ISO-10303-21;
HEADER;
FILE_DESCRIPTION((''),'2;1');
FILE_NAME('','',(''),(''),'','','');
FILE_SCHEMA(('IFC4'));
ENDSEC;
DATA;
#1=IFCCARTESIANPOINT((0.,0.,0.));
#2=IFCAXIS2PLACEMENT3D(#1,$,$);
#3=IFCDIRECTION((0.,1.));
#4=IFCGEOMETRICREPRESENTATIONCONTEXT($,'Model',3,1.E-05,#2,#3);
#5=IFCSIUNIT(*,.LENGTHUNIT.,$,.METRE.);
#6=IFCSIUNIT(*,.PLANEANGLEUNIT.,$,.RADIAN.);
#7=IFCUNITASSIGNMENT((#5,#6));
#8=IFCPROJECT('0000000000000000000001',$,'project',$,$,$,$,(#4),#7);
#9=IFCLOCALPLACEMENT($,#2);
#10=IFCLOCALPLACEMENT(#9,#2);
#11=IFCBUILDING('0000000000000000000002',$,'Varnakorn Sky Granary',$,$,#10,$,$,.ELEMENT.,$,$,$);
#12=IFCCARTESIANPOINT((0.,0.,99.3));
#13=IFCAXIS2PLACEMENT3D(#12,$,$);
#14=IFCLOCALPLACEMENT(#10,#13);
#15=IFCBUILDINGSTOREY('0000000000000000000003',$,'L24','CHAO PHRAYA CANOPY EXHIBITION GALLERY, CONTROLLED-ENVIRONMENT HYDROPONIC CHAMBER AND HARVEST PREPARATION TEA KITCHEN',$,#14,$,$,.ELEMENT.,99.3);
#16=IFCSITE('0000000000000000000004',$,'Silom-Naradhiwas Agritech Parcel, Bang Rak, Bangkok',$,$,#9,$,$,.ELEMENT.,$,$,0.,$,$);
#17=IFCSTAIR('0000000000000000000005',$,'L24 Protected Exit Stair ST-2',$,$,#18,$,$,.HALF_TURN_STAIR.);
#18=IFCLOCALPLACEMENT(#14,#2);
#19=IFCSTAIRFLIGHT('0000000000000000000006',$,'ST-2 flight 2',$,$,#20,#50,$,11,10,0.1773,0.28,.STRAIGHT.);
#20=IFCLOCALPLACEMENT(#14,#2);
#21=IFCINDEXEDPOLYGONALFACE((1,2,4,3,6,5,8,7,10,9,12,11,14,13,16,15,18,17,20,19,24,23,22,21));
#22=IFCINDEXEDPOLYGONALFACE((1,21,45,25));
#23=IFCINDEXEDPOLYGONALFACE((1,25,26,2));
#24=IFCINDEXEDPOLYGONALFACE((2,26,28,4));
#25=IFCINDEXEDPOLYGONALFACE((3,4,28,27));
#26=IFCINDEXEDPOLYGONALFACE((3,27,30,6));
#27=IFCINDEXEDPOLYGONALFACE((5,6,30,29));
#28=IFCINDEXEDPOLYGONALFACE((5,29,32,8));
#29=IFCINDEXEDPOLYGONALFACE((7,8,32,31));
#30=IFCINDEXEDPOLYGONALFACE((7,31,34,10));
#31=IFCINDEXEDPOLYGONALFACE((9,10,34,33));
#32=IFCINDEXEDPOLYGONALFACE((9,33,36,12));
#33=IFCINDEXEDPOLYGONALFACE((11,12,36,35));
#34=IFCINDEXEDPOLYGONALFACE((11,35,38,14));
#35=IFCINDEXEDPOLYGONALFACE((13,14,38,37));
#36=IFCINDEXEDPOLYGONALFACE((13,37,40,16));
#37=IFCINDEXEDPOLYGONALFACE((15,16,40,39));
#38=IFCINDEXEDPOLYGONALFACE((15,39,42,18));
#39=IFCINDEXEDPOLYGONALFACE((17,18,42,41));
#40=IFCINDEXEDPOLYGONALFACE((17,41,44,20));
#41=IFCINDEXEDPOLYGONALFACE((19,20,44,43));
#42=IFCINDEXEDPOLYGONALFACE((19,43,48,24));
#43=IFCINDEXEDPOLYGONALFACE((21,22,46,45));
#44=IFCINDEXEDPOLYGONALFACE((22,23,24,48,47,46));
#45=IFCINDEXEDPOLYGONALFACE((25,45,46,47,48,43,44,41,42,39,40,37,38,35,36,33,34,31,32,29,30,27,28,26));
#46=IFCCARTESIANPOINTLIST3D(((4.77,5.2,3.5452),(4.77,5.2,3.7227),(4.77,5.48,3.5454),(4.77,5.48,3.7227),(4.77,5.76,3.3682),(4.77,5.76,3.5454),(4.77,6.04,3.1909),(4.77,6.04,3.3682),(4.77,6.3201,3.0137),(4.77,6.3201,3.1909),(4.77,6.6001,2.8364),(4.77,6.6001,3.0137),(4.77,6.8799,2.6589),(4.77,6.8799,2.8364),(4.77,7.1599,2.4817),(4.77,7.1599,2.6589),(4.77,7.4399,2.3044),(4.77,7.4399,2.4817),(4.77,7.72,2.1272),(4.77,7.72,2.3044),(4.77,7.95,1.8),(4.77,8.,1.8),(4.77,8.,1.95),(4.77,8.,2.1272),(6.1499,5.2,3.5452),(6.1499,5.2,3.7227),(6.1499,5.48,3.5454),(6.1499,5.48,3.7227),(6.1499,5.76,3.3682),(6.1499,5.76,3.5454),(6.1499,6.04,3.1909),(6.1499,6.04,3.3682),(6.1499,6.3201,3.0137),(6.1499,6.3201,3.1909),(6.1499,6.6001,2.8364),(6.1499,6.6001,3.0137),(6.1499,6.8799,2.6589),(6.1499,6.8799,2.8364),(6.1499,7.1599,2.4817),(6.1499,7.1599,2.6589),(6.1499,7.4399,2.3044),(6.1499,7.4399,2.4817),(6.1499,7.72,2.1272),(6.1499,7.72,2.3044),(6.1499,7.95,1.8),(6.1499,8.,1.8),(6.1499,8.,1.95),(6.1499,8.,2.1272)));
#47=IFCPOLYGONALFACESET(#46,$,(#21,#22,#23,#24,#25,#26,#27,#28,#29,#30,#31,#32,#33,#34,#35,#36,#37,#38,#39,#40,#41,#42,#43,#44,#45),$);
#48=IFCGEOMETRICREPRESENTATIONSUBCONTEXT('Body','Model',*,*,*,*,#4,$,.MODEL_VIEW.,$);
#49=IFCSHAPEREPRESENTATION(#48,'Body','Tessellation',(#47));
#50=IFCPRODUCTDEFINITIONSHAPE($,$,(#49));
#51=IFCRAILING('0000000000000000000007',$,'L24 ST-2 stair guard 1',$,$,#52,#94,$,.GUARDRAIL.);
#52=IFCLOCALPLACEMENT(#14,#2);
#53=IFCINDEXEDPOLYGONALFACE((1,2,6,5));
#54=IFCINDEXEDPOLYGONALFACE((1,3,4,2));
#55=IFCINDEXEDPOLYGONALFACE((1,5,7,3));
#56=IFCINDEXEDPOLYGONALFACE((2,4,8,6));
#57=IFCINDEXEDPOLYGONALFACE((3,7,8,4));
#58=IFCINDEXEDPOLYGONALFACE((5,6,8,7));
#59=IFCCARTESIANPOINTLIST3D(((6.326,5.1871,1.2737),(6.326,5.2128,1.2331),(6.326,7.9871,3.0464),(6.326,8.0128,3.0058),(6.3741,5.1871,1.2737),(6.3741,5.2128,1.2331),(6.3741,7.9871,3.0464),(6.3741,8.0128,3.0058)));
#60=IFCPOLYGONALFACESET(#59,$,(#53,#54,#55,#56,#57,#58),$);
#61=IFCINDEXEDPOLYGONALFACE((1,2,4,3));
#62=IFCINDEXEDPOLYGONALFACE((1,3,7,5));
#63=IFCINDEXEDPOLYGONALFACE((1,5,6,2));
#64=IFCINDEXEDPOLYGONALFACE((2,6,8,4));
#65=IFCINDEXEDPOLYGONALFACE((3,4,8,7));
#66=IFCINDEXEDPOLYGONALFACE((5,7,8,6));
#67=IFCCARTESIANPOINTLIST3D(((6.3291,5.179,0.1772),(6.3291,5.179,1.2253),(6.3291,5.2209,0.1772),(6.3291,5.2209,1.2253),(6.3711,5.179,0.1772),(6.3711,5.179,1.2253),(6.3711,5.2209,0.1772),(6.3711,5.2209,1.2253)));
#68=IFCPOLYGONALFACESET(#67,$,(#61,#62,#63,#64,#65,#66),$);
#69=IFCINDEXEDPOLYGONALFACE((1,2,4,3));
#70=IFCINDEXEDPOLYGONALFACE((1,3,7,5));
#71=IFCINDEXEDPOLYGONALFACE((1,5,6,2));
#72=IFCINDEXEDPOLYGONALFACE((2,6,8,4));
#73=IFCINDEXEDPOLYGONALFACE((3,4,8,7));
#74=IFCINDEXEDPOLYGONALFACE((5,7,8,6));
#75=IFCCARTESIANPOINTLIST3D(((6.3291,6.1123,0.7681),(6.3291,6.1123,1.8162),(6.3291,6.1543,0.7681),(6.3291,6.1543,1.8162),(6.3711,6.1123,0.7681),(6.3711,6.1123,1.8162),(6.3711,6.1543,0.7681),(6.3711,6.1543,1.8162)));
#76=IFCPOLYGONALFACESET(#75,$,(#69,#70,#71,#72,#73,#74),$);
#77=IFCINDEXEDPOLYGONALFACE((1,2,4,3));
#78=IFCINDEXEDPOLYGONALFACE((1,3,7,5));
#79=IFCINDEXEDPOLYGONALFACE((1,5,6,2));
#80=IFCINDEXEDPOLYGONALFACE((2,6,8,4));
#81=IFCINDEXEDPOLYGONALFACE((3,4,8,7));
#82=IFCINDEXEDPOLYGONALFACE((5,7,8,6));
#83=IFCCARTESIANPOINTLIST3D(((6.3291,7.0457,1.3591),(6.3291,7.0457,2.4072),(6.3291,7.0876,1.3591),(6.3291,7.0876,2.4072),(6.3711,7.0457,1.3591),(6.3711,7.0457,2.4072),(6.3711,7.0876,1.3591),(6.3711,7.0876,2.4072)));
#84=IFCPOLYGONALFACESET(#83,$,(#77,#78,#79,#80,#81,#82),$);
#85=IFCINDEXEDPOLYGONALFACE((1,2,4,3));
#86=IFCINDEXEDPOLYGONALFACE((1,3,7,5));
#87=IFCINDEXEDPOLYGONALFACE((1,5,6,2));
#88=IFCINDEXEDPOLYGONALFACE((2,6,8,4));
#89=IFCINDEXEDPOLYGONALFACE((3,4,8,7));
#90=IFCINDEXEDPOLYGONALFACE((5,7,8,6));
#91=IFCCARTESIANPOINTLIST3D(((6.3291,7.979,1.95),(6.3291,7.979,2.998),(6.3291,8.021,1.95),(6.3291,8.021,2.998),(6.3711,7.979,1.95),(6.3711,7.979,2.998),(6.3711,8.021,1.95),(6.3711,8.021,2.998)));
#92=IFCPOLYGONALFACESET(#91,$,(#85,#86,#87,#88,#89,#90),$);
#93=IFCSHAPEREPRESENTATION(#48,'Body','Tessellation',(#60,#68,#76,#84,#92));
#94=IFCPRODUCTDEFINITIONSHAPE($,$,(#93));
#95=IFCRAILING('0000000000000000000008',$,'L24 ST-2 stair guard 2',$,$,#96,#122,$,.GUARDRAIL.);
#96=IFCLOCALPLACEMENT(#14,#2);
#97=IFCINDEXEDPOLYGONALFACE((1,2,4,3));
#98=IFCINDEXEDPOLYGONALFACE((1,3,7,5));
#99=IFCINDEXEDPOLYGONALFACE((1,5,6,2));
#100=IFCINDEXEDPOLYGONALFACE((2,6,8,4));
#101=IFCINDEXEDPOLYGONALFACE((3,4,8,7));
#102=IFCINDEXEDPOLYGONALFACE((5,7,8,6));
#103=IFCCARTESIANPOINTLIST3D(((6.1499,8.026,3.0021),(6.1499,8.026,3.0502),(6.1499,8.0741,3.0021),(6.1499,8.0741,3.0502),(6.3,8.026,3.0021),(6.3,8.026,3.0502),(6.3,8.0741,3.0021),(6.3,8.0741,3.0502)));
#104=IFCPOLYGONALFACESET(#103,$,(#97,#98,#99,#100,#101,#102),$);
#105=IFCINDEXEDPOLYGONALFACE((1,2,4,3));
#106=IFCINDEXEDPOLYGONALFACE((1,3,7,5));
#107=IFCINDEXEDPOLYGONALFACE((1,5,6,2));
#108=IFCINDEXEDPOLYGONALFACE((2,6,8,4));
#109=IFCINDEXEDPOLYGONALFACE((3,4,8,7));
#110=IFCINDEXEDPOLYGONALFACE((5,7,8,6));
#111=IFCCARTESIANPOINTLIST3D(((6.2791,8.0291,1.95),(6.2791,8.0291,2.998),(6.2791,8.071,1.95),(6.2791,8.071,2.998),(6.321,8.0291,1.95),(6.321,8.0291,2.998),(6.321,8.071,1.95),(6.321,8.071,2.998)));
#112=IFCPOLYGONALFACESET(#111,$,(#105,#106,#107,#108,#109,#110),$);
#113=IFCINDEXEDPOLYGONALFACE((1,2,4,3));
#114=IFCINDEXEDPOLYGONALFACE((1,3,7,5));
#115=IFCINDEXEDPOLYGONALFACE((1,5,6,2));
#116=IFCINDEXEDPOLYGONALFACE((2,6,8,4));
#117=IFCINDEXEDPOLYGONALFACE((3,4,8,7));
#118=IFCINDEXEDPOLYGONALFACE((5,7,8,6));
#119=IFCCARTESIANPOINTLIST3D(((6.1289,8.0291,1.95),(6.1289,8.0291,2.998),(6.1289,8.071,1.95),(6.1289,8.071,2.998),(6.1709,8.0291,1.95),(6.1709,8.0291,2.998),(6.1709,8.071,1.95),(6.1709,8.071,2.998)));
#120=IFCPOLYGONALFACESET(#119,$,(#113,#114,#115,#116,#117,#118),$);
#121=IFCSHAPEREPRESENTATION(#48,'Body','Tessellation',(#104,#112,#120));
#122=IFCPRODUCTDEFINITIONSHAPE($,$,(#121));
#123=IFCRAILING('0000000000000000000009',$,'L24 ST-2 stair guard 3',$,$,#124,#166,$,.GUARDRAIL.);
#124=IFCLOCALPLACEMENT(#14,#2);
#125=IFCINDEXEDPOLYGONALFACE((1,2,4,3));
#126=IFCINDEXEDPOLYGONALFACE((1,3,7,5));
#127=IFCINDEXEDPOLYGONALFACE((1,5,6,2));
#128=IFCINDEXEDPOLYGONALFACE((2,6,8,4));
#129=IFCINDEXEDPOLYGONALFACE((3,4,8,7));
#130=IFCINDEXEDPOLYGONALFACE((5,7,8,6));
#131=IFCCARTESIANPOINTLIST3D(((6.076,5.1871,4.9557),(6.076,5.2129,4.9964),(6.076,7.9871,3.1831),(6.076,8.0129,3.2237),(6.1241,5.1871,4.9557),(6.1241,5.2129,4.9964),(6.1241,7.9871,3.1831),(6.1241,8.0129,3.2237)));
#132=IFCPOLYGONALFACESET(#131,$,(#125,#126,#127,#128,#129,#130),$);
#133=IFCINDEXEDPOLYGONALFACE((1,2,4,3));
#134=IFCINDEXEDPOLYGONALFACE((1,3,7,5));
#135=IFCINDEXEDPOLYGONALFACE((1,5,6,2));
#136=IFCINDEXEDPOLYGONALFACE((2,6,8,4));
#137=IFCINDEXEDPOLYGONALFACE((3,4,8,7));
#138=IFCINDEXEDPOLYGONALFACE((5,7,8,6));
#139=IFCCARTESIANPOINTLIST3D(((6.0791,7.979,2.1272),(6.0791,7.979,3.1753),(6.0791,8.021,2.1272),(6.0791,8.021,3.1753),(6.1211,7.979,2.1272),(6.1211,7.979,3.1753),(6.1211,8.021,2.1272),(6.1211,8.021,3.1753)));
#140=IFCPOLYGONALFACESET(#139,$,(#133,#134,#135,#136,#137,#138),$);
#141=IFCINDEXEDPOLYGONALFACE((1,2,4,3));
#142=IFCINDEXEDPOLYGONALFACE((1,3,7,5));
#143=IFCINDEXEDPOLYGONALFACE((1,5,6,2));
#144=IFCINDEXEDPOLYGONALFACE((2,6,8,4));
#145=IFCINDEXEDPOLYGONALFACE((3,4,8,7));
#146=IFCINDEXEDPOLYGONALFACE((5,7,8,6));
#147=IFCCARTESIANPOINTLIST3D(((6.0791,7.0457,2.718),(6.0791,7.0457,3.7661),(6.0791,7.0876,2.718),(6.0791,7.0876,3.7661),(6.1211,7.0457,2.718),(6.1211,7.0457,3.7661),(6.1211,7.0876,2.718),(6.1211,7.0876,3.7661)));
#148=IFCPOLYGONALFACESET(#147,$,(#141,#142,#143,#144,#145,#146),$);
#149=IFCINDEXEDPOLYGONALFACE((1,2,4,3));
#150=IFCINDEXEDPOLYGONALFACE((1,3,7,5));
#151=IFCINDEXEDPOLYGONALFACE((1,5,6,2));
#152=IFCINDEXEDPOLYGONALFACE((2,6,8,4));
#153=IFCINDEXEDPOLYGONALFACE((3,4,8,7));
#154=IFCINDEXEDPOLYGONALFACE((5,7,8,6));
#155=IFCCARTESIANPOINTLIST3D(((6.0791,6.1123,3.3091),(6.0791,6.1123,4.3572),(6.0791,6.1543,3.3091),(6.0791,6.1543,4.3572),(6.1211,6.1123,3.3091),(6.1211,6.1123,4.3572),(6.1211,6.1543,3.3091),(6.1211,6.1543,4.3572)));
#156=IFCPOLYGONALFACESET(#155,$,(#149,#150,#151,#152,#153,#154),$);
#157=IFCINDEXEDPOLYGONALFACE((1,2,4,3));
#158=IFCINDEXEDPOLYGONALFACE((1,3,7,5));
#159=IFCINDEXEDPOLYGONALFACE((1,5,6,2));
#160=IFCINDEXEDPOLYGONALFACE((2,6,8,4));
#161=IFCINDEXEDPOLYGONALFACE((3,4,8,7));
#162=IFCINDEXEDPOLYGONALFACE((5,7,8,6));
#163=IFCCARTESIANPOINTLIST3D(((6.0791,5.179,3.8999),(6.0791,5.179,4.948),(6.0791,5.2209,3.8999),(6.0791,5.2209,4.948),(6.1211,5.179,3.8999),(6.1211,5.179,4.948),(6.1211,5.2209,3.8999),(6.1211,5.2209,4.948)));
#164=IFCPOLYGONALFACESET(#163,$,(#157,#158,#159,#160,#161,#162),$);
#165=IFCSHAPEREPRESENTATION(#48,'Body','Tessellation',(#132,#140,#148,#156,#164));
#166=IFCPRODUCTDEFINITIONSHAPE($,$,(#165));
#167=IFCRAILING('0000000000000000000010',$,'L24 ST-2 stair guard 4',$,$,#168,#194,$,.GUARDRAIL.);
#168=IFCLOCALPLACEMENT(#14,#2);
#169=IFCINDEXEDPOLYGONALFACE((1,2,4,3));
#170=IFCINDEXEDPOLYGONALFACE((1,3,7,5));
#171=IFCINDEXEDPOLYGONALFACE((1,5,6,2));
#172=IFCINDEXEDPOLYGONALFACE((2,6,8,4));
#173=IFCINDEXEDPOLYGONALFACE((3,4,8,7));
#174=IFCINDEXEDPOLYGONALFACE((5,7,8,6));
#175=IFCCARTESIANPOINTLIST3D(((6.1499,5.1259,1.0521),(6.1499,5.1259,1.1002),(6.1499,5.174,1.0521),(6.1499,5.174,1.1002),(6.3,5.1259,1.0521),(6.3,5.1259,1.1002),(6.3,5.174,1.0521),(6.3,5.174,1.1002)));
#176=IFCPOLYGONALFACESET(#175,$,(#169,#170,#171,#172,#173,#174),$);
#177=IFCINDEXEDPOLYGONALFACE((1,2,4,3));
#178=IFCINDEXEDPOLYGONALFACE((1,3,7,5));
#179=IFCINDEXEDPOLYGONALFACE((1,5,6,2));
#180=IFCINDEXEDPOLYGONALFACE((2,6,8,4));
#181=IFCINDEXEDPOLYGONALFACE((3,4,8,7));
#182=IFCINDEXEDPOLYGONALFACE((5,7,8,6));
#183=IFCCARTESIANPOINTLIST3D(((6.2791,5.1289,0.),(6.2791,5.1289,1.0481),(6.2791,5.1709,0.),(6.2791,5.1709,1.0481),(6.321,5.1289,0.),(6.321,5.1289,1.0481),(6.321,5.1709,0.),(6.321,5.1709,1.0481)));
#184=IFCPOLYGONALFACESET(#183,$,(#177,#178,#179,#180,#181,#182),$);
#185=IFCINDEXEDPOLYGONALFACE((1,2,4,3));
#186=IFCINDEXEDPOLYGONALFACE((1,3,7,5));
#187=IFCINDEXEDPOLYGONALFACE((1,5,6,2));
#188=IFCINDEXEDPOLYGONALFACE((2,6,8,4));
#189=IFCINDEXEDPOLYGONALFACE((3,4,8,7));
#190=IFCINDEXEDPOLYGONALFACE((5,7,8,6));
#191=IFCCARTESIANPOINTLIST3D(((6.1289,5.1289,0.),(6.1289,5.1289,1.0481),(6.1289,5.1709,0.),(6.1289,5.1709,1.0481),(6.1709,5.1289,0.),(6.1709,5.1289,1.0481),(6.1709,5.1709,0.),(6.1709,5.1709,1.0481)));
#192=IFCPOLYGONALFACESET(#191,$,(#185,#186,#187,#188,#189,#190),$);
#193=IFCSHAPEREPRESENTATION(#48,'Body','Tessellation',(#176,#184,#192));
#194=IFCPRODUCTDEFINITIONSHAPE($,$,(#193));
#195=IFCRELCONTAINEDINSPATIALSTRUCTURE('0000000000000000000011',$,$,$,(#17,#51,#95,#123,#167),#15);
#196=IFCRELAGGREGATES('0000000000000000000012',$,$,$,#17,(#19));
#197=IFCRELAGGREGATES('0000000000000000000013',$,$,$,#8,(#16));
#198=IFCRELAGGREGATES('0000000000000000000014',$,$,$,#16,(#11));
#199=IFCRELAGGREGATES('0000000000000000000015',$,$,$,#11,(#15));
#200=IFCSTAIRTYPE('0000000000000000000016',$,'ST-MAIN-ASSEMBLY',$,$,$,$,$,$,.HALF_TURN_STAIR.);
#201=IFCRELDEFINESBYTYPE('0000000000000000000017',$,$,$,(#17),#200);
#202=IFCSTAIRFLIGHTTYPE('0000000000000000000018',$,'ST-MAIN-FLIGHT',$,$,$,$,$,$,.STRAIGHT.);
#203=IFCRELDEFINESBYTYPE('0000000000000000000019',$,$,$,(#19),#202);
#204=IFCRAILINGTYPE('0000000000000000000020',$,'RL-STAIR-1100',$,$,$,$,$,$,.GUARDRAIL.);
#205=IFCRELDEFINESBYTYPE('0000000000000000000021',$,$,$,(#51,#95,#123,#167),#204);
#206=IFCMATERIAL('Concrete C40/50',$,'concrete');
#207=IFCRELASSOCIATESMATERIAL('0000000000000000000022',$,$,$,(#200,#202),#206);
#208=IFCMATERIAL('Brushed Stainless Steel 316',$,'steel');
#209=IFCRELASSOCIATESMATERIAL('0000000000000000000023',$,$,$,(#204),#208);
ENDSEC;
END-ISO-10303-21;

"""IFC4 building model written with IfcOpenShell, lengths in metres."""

from ifc_helpers import new_model, si_unit, direction, frame, origin, origin_2d, place, context, subcontext, project, spatial, polyline, rectangle, outline, extrude, material, type_object, element, aggregate, save


model = new_model("IFC4")

# Units and contexts
model_context = context("Model", 3, precision=1e-05, world=origin(), true_north=direction((0.0, 1.0)))
body_context = subcontext(model_context, "Body", "Model", "MODEL_VIEW")
ifc_project = project(units=[si_unit("LENGTHUNIT", "METRE"), si_unit("PLANEANGLEUNIT", "RADIAN")], contexts=[model_context])

# Site, building, storey
site_placement = place(None, origin())
site = spatial("IfcSite", under=ifc_project, at=site_placement, Name="Silom-Naradhiwas Agritech Parcel, Bang Rak, Bangkok", CompositionType="ELEMENT", RefElevation=0.0)
building_placement = place(site_placement, origin())
building = spatial("IfcBuilding", under=site, at=building_placement, Name="Varnakorn Sky Granary", CompositionType="ELEMENT")
storey_placement = place(building_placement, frame((0.0, 0.0, 99.3)))
storey = spatial("IfcBuildingStorey", under=building, at=storey_placement, Name="L24", Description="CHAO PHRAYA CANOPY EXHIBITION GALLERY, CONTROLLED-ENVIRONMENT HYDROPONIC CHAMBER AND HARVEST PREPARATION TEA KITCHEN", CompositionType="ELEMENT", Elevation=99.3)

# Stair, stair flight
ifc_material_1 = material(Name="Concrete C40/50", Category="concrete")
stair_type = type_object("IfcStairType", Name="ST-MAIN-ASSEMBLY", PredefinedType="HALF_TURN_STAIR", material=ifc_material_1)
stair_placement = place(storey_placement, origin())
stair = element("IfcStair", 1, at=stair_placement, inside=storey, type_object=stair_type, Name="L24 Protected Exit Stair ST-2", PredefinedType="HALF_TURN_STAIR")
stair_flight_type = type_object("IfcStairFlightType", Name="ST-MAIN-FLIGHT", PredefinedType="STRAIGHT", material=ifc_material_1)
stair_flight_1_placement = place(storey_placement, frame((5.46, 8.0, 1.95), z_axis=(0.0, 0.0, 1.0), x_axis=(0.0, -1.0, 0.0)))
stair_flight_1 = element("IfcStairFlight", 2, at=stair_flight_1_placement, type_object=stair_flight_type, Name="ST-2 flight 2", NumberOfRisers=11, NumberOfTreads=10, PredefinedType="STRAIGHT", RiserHeight=0.1773, TreadLength=0.28, context=body_context, shape_type="SweptSolid", body=[
    extrude(outline(polyline([(0.0, -0.1499), (0.0, 0.0), (0.0, 0.1772), (0.28, 0.1772), (0.28, 0.3545), (0.5601, 0.3545), (0.5601, 0.5317), (0.8401, 0.5317), (0.8401, 0.709), (1.1201, 0.709), (1.1201, 0.8865), (1.3999, 0.8865), (1.3999, 1.0637), (1.6799, 1.0637), (1.6799, 1.241), (1.96, 1.241), (1.96, 1.4182), (2.24, 1.4182), (2.24, 1.5955), (2.52, 1.5955), (2.52, 1.7727), (2.8, 1.7727), (2.8, 1.95), (2.8, 1.5952), (0.05, -0.1499), (0.0, -0.1499)])), frame((0.0, 0.6899, 0.0), z_axis=(0.0, -1.0, 0.0), x_axis=(1.0, 0.0, 0.0)), (0.0, 0.0, 1.0), 1.3799),
])
aggregate(stair, [stair_flight_1])

# Railings
ifc_material_2 = material(Name="Brushed Stainless Steel 316", Category="steel")
railing_type_1 = type_object("IfcRailingType", Name="RL-STAIR-1100", PredefinedType="GUARDRAIL", material=ifc_material_2)
railing_1_placement = place(storey_placement, frame((6.3501, 5.2, 0.1772)))
element("IfcRailing", 3, at=railing_1_placement, inside=storey, type_object=railing_type_1, Name="L24 ST-2 stair guard 1", PredefinedType="GUARDRAIL", context=body_context, shape_type="SweptSolid", body=[
    extrude(rectangle(XDim=0.0481, YDim=0.0481, at=origin_2d()), frame((0.0, 0.0, 1.0762), z_axis=(0.0, 0.844909, 0.53491), x_axis=(-1.0, 0.0, 0.0)), (0.0, 0.0, 1.0), 3.314),
    extrude(rectangle(XDim=0.042, YDim=0.042, at=origin_2d()), origin(), (0.0, 0.0, 1.0), 1.0481),
    extrude(rectangle(XDim=0.042, YDim=0.042, at=origin_2d()), frame((0.0, 0.9333, 0.5908)), (0.0, 0.0, 1.0), 1.0481),
    extrude(rectangle(XDim=0.042, YDim=0.042, at=origin_2d()), frame((0.0, 1.8667, 1.1819)), (0.0, 0.0, 1.0), 1.0481),
    extrude(rectangle(XDim=0.042, YDim=0.042, at=origin_2d()), frame((0.0, 2.8, 1.7727)), (0.0, 0.0, 1.0), 1.0481),
])
railing_2_placement = place(storey_placement, frame((6.3, 8.05, 1.95)))
element("IfcRailing", 4, at=railing_2_placement, inside=storey, type_object=railing_type_1, Name="L24 ST-2 stair guard 2", PredefinedType="GUARDRAIL", context=body_context, shape_type="SweptSolid", body=[
    extrude(rectangle(XDim=0.0481, YDim=0.0481, at=origin_2d()), frame((0.0, 0.0, 1.0762), z_axis=(-1.0, 0.0, 0.0), x_axis=(0.0, -1.0, 0.0)), (0.0, 0.0, 1.0), 0.1501),
    extrude(rectangle(XDim=0.042, YDim=0.042, at=origin_2d()), origin(), (0.0, 0.0, 1.0), 1.0481),
    extrude(rectangle(XDim=0.042, YDim=0.042, at=origin_2d()), frame((-0.1501, 0.0, 0.0)), (0.0, 0.0, 1.0), 1.0481),
])
railing_3_placement = place(storey_placement, frame((6.1001, 8.0, 2.1272)))
element("IfcRailing", 5, at=railing_3_placement, inside=storey, type_object=railing_type_1, Name="L24 ST-2 stair guard 3", PredefinedType="GUARDRAIL", context=body_context, shape_type="SweptSolid", body=[
    extrude(rectangle(XDim=0.0481, YDim=0.0481, at=origin_2d()), frame((0.0, 0.0, 1.0762), z_axis=(0.0, -0.844909, 0.53491), x_axis=(1.0, 0.0, 0.0)), (0.0, 0.0, 1.0), 3.314),
    extrude(rectangle(XDim=0.042, YDim=0.042, at=origin_2d()), origin(), (0.0, 0.0, 1.0), 1.0481),
    extrude(rectangle(XDim=0.042, YDim=0.042, at=origin_2d()), frame((0.0, -0.9333, 0.5908)), (0.0, 0.0, 1.0), 1.0481),
    extrude(rectangle(XDim=0.042, YDim=0.042, at=origin_2d()), frame((0.0, -1.8667, 1.1819)), (0.0, 0.0, 1.0), 1.0481),
    extrude(rectangle(XDim=0.042, YDim=0.042, at=origin_2d()), frame((0.0, -2.8, 1.7727)), (0.0, 0.0, 1.0), 1.0481),
])
railing_4_placement = place(storey_placement, frame((6.3, 5.1499, 0.0)))
element("IfcRailing", 6, at=railing_4_placement, inside=storey, type_object=railing_type_1, Name="L24 ST-2 stair guard 4", PredefinedType="GUARDRAIL", context=body_context, shape_type="SweptSolid", body=[
    extrude(rectangle(XDim=0.0481, YDim=0.0481, at=origin_2d()), frame((0.0, 0.0, 1.0762), z_axis=(-1.0, 0.0, 0.0), x_axis=(0.0, -1.0, 0.0)), (0.0, 0.0, 1.0), 0.1501),
    extrude(rectangle(XDim=0.042, YDim=0.042, at=origin_2d()), origin(), (0.0, 0.0, 1.0), 1.0481),
    extrude(rectangle(XDim=0.042, YDim=0.042, at=origin_2d()), frame((-0.1501, 0.0, 0.0)), (0.0, 0.0, 1.0), 1.0481),
])

save(model, "model.ifc")
